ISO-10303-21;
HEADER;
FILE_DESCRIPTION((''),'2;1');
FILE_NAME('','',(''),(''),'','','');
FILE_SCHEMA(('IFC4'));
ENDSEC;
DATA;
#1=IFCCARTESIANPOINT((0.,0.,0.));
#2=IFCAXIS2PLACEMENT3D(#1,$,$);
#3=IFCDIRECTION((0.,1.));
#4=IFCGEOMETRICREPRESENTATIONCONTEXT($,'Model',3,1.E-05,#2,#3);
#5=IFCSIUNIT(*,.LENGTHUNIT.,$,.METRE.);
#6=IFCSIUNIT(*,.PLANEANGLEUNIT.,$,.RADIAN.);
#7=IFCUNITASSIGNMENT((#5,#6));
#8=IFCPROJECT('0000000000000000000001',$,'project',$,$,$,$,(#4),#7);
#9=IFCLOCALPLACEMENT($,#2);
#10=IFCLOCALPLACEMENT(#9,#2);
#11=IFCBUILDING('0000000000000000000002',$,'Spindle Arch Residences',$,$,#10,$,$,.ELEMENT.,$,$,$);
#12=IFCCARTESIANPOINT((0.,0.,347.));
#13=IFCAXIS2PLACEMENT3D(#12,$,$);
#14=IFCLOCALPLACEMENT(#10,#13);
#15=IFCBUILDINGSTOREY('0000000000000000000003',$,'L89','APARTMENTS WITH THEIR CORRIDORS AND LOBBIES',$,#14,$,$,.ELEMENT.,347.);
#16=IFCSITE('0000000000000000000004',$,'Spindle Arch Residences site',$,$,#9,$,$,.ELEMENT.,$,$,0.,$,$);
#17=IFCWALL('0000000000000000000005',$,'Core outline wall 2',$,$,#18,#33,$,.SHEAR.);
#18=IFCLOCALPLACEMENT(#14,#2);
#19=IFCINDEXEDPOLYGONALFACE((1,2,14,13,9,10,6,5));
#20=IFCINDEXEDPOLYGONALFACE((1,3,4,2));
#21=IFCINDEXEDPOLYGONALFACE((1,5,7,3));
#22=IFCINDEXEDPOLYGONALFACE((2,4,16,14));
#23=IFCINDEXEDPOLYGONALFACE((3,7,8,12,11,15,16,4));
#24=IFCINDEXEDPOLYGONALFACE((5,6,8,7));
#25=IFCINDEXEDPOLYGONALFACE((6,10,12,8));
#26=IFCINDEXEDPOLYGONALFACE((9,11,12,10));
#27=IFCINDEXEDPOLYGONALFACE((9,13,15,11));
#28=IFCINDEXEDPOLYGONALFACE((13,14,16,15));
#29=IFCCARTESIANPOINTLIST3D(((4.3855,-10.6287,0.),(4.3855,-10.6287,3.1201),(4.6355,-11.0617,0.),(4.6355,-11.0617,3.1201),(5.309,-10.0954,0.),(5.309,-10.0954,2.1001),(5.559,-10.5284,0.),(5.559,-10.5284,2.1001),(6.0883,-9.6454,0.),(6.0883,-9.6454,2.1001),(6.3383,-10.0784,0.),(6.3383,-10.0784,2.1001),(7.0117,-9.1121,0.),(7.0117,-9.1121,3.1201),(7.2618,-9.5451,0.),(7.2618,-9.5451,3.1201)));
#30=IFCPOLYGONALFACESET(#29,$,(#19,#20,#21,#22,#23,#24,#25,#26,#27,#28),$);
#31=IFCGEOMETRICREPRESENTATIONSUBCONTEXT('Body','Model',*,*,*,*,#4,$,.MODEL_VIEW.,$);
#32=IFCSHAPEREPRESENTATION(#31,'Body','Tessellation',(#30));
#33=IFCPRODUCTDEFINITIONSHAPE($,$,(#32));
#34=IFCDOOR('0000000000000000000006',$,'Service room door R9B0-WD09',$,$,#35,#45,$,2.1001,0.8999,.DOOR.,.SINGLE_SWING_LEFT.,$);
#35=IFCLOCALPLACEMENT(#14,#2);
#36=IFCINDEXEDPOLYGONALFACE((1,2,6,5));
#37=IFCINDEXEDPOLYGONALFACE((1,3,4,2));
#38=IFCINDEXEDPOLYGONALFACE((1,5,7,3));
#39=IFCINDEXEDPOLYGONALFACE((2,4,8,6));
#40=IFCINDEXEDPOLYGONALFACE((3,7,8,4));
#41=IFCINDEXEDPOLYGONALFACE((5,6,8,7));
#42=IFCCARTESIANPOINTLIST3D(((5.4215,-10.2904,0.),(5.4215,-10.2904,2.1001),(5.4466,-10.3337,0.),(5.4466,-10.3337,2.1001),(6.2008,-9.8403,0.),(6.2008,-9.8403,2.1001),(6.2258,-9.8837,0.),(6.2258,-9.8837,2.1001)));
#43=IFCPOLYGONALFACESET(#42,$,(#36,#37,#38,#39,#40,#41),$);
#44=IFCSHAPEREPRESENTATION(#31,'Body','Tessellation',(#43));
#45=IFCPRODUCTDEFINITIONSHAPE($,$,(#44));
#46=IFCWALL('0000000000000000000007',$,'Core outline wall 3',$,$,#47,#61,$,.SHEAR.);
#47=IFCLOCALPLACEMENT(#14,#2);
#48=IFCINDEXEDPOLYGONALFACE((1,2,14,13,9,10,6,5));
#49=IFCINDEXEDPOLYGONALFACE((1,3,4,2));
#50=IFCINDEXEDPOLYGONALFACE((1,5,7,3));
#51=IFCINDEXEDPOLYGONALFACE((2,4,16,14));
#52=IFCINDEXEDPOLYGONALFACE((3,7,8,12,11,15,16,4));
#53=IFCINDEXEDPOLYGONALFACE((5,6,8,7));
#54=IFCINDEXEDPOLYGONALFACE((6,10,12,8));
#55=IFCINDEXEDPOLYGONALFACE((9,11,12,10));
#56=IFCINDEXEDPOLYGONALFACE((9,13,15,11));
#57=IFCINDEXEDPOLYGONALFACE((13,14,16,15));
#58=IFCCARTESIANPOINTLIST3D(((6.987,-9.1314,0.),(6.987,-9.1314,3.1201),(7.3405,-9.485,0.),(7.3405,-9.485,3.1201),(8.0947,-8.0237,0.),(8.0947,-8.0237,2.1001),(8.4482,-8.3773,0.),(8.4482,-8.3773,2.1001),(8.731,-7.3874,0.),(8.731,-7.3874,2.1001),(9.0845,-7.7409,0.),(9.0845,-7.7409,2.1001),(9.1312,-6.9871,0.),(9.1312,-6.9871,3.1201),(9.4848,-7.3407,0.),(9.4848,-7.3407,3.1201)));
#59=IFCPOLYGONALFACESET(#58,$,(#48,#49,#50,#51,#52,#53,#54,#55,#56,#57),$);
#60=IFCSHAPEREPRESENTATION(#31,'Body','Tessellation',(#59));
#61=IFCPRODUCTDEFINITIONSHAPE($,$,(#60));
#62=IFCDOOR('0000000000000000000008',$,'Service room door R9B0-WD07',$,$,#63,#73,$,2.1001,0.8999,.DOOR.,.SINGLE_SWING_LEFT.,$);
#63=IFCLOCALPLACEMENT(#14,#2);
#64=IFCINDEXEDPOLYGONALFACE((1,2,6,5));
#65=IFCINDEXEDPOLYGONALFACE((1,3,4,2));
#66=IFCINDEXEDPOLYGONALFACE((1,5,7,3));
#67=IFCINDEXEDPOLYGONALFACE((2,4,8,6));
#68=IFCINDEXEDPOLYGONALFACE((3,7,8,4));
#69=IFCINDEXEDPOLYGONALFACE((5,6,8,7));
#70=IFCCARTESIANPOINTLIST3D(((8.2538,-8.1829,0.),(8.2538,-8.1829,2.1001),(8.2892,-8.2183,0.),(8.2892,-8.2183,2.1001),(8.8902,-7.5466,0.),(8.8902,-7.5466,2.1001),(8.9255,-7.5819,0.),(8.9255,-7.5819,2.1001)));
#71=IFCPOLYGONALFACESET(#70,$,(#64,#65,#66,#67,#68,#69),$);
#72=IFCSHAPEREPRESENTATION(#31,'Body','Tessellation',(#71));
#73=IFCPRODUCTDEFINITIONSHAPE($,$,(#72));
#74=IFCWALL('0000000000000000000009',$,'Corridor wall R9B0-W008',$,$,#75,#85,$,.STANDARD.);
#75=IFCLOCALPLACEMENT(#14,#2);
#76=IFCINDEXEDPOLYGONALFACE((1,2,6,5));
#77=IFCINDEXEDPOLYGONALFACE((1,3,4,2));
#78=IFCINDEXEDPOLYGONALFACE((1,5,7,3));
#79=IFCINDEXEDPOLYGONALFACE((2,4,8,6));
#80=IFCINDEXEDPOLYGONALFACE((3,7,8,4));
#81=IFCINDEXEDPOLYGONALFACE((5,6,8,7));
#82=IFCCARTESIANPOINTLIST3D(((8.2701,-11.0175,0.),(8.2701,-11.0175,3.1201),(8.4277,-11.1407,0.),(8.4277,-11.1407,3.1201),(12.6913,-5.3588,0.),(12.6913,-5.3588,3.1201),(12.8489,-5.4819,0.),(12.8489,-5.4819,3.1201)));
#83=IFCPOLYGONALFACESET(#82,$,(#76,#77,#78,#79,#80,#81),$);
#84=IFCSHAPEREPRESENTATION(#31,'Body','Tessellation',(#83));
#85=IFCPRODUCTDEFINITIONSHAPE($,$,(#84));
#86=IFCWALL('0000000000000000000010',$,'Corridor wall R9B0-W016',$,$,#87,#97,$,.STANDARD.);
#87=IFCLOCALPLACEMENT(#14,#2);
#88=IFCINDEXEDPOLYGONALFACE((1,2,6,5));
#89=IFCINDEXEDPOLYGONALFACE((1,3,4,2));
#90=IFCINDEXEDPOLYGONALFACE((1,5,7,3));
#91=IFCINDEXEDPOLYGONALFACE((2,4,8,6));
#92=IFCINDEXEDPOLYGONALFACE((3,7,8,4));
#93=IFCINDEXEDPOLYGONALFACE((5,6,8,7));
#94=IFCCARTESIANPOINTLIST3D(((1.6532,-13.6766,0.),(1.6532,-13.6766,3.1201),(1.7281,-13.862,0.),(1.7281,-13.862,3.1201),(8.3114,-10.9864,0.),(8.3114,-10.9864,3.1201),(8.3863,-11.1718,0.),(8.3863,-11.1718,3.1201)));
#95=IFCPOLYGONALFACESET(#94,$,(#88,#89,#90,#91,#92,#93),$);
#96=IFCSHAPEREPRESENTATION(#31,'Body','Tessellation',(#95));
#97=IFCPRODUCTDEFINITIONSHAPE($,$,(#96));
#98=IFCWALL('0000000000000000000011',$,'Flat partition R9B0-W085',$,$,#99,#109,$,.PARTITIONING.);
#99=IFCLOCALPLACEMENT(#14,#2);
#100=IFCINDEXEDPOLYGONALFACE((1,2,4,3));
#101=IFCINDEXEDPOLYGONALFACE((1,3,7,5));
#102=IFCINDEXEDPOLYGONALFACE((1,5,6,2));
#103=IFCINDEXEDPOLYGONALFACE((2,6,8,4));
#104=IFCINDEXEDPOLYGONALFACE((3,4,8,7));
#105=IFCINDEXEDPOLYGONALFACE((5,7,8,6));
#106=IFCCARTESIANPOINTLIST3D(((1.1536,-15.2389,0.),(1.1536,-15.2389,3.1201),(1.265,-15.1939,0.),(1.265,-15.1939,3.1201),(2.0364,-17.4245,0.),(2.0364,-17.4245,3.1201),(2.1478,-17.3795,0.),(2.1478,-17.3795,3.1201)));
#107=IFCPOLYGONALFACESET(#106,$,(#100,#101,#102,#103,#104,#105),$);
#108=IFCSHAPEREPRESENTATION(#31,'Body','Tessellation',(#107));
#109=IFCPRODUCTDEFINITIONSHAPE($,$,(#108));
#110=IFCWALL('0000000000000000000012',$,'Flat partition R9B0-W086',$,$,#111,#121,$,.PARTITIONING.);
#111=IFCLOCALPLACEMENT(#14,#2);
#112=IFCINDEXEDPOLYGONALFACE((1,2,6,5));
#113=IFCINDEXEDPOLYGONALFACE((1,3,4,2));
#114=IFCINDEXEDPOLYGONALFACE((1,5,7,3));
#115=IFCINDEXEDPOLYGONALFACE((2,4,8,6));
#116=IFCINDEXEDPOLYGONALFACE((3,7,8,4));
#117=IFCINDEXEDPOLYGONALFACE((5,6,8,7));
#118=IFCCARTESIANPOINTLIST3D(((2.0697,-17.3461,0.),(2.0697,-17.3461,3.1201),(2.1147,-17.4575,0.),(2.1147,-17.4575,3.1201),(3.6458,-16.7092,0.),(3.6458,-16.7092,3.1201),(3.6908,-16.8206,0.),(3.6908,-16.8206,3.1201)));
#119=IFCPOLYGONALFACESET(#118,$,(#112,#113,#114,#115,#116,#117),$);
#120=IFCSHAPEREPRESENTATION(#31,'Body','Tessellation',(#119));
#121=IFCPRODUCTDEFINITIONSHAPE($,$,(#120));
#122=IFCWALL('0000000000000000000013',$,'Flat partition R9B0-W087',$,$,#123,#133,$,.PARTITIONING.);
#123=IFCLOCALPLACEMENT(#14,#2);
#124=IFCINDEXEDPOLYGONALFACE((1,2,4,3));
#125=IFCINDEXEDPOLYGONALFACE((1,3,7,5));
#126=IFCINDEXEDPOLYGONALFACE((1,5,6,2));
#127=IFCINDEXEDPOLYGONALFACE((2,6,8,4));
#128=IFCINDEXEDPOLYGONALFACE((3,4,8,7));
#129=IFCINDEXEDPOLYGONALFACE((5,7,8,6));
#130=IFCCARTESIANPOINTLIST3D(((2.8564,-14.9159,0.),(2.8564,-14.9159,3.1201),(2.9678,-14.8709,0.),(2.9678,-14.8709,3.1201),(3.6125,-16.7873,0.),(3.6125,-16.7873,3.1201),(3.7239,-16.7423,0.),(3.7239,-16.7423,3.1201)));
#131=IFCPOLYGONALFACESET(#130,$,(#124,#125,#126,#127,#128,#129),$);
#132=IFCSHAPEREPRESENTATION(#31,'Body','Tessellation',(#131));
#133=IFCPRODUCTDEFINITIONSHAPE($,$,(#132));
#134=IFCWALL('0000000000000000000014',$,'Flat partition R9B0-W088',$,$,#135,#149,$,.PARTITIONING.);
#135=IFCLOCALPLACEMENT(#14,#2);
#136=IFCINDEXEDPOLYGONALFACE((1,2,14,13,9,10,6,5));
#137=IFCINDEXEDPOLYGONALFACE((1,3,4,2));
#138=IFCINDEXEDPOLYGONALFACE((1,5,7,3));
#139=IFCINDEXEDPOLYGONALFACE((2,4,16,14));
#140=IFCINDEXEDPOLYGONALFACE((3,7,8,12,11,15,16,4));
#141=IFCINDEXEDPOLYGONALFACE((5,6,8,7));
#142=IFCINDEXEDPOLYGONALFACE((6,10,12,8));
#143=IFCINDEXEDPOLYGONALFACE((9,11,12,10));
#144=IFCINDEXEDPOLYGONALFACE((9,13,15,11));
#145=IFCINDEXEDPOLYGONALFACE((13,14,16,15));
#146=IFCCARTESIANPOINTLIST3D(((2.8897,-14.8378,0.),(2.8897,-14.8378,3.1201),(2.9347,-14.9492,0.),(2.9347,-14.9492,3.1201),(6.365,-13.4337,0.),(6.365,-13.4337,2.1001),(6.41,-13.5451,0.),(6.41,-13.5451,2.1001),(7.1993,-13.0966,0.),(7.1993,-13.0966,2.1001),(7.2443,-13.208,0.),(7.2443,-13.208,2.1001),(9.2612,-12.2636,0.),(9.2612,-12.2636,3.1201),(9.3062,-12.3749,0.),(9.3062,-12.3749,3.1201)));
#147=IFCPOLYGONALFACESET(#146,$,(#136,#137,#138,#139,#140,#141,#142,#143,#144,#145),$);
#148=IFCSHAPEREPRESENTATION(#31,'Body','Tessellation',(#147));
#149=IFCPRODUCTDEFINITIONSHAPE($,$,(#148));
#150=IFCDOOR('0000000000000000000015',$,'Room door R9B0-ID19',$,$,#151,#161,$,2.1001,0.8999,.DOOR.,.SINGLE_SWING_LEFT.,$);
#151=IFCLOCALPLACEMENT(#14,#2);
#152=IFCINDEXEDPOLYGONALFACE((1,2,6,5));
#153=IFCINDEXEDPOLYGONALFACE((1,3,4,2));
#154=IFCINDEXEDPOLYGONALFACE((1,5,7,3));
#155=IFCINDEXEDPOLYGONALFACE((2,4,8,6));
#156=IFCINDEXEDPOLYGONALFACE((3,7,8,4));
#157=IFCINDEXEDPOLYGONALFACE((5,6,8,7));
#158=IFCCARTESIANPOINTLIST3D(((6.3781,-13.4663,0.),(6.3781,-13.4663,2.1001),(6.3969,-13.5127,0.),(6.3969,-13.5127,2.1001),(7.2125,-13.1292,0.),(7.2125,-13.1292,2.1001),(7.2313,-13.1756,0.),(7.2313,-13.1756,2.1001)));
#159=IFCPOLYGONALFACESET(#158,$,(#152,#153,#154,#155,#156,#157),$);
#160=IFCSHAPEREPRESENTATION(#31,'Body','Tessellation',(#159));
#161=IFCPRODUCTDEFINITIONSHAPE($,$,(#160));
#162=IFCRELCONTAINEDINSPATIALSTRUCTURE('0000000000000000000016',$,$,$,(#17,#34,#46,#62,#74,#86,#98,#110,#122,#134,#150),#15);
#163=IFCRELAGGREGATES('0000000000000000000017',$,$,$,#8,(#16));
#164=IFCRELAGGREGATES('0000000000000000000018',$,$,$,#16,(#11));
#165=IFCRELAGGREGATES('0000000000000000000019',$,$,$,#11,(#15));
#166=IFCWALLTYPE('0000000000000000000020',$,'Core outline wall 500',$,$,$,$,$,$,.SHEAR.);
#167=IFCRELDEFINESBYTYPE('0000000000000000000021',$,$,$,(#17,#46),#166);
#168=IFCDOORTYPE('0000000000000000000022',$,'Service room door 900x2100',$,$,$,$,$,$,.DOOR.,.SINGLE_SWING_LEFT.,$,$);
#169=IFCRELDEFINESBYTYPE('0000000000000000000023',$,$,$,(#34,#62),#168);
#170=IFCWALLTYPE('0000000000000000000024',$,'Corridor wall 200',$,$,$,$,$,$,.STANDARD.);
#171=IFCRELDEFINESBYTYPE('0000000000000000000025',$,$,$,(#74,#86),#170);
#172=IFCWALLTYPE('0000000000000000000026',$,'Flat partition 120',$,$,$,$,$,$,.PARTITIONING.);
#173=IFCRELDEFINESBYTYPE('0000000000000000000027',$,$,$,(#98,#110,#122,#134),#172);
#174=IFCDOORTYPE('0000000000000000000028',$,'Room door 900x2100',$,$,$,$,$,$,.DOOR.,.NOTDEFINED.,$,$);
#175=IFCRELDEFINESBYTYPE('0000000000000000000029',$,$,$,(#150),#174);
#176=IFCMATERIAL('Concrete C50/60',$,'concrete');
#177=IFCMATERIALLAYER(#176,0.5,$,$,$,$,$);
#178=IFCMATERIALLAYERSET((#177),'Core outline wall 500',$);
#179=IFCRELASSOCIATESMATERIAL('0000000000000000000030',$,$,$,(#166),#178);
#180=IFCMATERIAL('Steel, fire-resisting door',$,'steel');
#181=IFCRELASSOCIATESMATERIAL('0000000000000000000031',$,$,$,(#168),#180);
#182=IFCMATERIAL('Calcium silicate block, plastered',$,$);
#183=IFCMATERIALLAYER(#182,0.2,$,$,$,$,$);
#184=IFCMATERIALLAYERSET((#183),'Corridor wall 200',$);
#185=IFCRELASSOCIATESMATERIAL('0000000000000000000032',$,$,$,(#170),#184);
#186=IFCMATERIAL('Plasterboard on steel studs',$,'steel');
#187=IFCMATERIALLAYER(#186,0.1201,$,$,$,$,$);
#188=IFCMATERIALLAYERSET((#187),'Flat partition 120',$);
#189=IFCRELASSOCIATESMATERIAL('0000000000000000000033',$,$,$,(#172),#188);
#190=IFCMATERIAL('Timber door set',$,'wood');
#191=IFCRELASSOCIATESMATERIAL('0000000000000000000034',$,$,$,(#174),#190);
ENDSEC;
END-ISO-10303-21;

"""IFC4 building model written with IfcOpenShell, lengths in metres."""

from ifc_helpers import new_model, si_unit, direction, frame, frame_2d, origin, place, context, subcontext, project, spatial, rectangle, extrude, material, layer, layer_set, type_object, element, fill, save


model = new_model("IFC4")

# Units and contexts
model_context = context("Model", 3, precision=1e-05, world=origin(), true_north=direction((0.0, 1.0)))
body_context = subcontext(model_context, "Body", "Model", "MODEL_VIEW")
ifc_project = project(units=[si_unit("LENGTHUNIT", "METRE"), si_unit("PLANEANGLEUNIT", "RADIAN")], contexts=[model_context])

# Site, building, storey
site_placement = place(None, origin())
site = spatial("IfcSite", under=ifc_project, at=site_placement, Name="Spindle Arch Residences site", CompositionType="ELEMENT", RefElevation=0.0)
building_placement = place(site_placement, origin())
building = spatial("IfcBuilding", under=site, at=building_placement, Name="Spindle Arch Residences", CompositionType="ELEMENT")
storey_placement = place(building_placement, frame((0.0, 0.0, 347.0)))
storey = spatial("IfcBuildingStorey", under=building, at=storey_placement, Name="L89", Description="APARTMENTS WITH THEIR CORRIDORS AND LOBBIES", CompositionType="ELEMENT", Elevation=347.0)

# Walls, openings, doors
ifc_material_1 = material(Name="Concrete C50/60", Category="concrete")
ifc_layer_1 = layer(ifc_material_1, 0.5)
ifc_layer_set_1 = layer_set([ifc_layer_1], Name="Core outline wall 500")
wall_type_1 = type_object("IfcWallType", Name="Core outline wall 500", PredefinedType="SHEAR", material=ifc_layer_set_1)
ifc_material_2 = material(Name="Steel, fire-resisting door", Category="steel")
door_type_1 = type_object("IfcDoorType", Name="Service room door 900x2100", OperationType="SINGLE_SWING_LEFT", PredefinedType="DOOR", material=ifc_material_2)
wall_1_placement = place(storey_placement, frame((4.5105, -10.8452, 0.0), z_axis=(0.0, 0.0, 1.0), x_axis=(0.865975, 0.500087, 0.0)))
wall_1 = element("IfcWall", 1, at=wall_1_placement, inside=storey, type_object=wall_type_1, Name="Core outline wall 2", PredefinedType="SHEAR", context=body_context, shape_type="SweptSolid", body=[
    extrude(rectangle(XDim=3.0327, YDim=0.5, at=frame_2d((1.5164, 0.0))), origin(), (0.0, 0.0, 1.0), 3.1201),
])
opening_1_placement = place(wall_1_placement, frame((1.0664, 0.0, 0.0)))
opening_1 = element("IfcOpeningElement", 2, at=opening_1_placement, cuts=wall_1, PredefinedType="OPENING", context=body_context, shape_type="SweptSolid", body=[
    extrude(rectangle(XDim=0.8999, YDim=2.1001, at=frame_2d((0.45, 1.05))), frame((0.0, 0.26, 0.0), z_axis=(0.0, -1.0, 0.0), x_axis=(1.0, 0.0, 0.0)), (0.0, 0.0, 1.0), 0.52),
])
door_1_placement = place(opening_1_placement, origin())
door_1 = element("IfcDoor", 3, at=door_1_placement, inside=storey, type_object=door_type_1, Name="Service room door R9B0-WD09", OperationType="SINGLE_SWING_LEFT", OverallHeight=2.1001, OverallWidth=0.8999, PredefinedType="DOOR", context=body_context, shape_type="SweptSolid", body=[
    extrude(rectangle(XDim=0.8999, YDim=2.1001, at=frame_2d((0.45, 1.05))), frame((0.0, 0.0249, 0.0), z_axis=(0.0, -1.0, 0.0), x_axis=(1.0, 0.0, 0.0)), (0.0, 0.0, 1.0), 0.05),
])
fill(opening_1, door_1)
wall_2_placement = place(storey_placement, frame((7.1638, -9.3081, 0.0), z_axis=(0.0, 0.0, 1.0), x_axis=(0.707107, 0.707107, 0.0)))
wall_2 = element("IfcWall", 4, at=wall_2_placement, inside=storey, type_object=wall_type_1, Name="Core outline wall 3", PredefinedType="SHEAR", context=body_context, shape_type="SweptSolid", body=[
    extrude(rectangle(XDim=3.0325, YDim=0.5, at=frame_2d((1.5161, 0.0))), origin(), (0.0, 0.0, 1.0), 3.1201),
])
opening_2_placement = place(wall_2_placement, frame((1.5664, 0.0, 0.0)))
opening_2 = element("IfcOpeningElement", 5, at=opening_2_placement, cuts=wall_2, PredefinedType="OPENING", context=body_context, shape_type="SweptSolid", body=[
    extrude(rectangle(XDim=0.8999, YDim=2.1001, at=frame_2d((0.45, 1.05))), frame((0.0, 0.26, 0.0), z_axis=(0.0, -1.0, 0.0), x_axis=(1.0, 0.0, 0.0)), (0.0, 0.0, 1.0), 0.52),
])
door_2_placement = place(opening_2_placement, origin())
door_2 = element("IfcDoor", 6, at=door_2_placement, inside=storey, type_object=door_type_1, Name="Service room door R9B0-WD07", OperationType="SINGLE_SWING_LEFT", OverallHeight=2.1001, OverallWidth=0.8999, PredefinedType="DOOR", context=body_context, shape_type="SweptSolid", body=[
    extrude(rectangle(XDim=0.8999, YDim=2.1001, at=frame_2d((0.45, 1.05))), frame((0.0, 0.0249, 0.0), z_axis=(0.0, -1.0, 0.0), x_axis=(1.0, 0.0, 0.0)), (0.0, 0.0, 1.0), 0.05),
])
fill(opening_2, door_2)

# Walls
ifc_material_3 = material(Name="Calcium silicate block, plastered")
ifc_layer_2 = layer(ifc_material_3, 0.2)
ifc_layer_set_2 = layer_set([ifc_layer_2], Name="Corridor wall 200")
wall_type_2 = type_object("IfcWallType", Name="Corridor wall 200", PredefinedType="STANDARD", material=ifc_layer_set_2)
for number, where, z_axis, x_axis, name in (
    (7, (8.3489, -11.0791, 0.0), (0.0, 0.0, 1.0), (0.615669, 0.788005, 0.0), "Corridor wall R9B0-W008"),
    (8, (1.6907, -13.7693, 0.0), (0.0, 0.0, 1.0), (0.927179, 0.374618, 0.0), "Corridor wall R9B0-W016"),
):
    element("IfcWall", number, at=place(storey_placement, frame(where, z_axis=z_axis, x_axis=x_axis)), inside=storey, type_object=wall_type_2, Name=name, PredefinedType="STANDARD", context=body_context, shape_type="SweptSolid", body=[
        extrude(rectangle(XDim=7.1812, YDim=0.2, at=frame_2d((3.5906, 0.0))), origin(), (0.0, 0.0, 1.0), 3.1201),
    ])
ifc_material_4 = material(Name="Plasterboard on steel studs", Category="steel")
ifc_layer_3 = layer(ifc_material_4, 0.1201)
ifc_layer_set_3 = layer_set([ifc_layer_3], Name="Flat partition 120")
wall_type_3 = type_object("IfcWallType", Name="Flat partition 120", PredefinedType="PARTITIONING", material=ifc_layer_set_3)
wall_3_placement = place(storey_placement, frame((1.2092, -15.2163, 0.0), z_axis=(0.0, 0.0, 1.0), x_axis=(0.374532, -0.927214, 0.0)))
element("IfcWall", 9, at=wall_3_placement, inside=storey, type_object=wall_type_3, Name="Flat partition R9B0-W085", PredefinedType="PARTITIONING", context=body_context, shape_type="SweptSolid", body=[
    extrude(rectangle(XDim=2.3572, YDim=0.1201, at=frame_2d((1.1787, 0.0))), origin(), (0.0, 0.0, 1.0), 3.1201),
])
wall_4_placement = place(storey_placement, frame((2.092, -17.4019, 0.0), z_axis=(0.0, 0.0, 1.0), x_axis=(0.927154, 0.374681, 0.0)))
element("IfcWall", 10, at=wall_4_placement, inside=storey, type_object=wall_type_3, Name="Flat partition R9B0-W086", PredefinedType="PARTITIONING", context=body_context, shape_type="SweptSolid", body=[
    extrude(rectangle(XDim=1.7, YDim=0.1201, at=frame_2d((0.8501, 0.0))), origin(), (0.0, 0.0, 1.0), 3.1201),
])
wall_5_placement = place(storey_placement, frame((3.6682, -16.7649, 0.0), z_axis=(0.0, 0.0, 1.0), x_axis=(-0.374621, 0.927178, 0.0)))
element("IfcWall", 11, at=wall_5_placement, inside=storey, type_object=wall_type_3, Name="Flat partition R9B0-W087", PredefinedType="PARTITIONING", context=body_context, shape_type="SweptSolid", body=[
    extrude(rectangle(XDim=2.0183, YDim=0.1201, at=frame_2d((1.0093, 0.0))), origin(), (0.0, 0.0, 1.0), 3.1201),
])

# Wall, opening, door
wall_6_placement = place(storey_placement, frame((2.9121, -14.8936, 0.0), z_axis=(0.0, 0.0, 1.0), x_axis=(0.927182, 0.37461, 0.0)))
wall_6 = element("IfcWall", 12, at=wall_6_placement, inside=storey, type_object=wall_type_3, Name="Flat partition R9B0-W088", PredefinedType="PARTITIONING", context=body_context, shape_type="SweptSolid", body=[
    extrude(rectangle(XDim=6.8718, YDim=0.1201, at=frame_2d((3.436, 0.0))), origin(), (0.0, 0.0, 1.0), 3.1201),
])
opening_3_placement = place(wall_6_placement, frame((3.7483, 0.0, 0.0)))
opening_3 = element("IfcOpeningElement", 13, at=opening_3_placement, cuts=wall_6, PredefinedType="OPENING", context=body_context, shape_type="SweptSolid", body=[
    extrude(rectangle(XDim=0.8999, YDim=2.1001, at=frame_2d((0.45, 1.05))), frame((0.0, 0.0701, 0.0), z_axis=(0.0, -1.0, 0.0), x_axis=(1.0, 0.0, 0.0)), (0.0, 0.0, 1.0), 0.1401),
])
ifc_material_5 = material(Name="Timber door set", Category="wood")
door_type_2 = type_object("IfcDoorType", Name="Room door 900x2100", OperationType="NOTDEFINED", PredefinedType="DOOR", material=ifc_material_5)
door_3_placement = place(opening_3_placement, origin())
door_3 = element("IfcDoor", 14, at=door_3_placement, inside=storey, type_object=door_type_2, Name="Room door R9B0-ID19", OperationType="SINGLE_SWING_LEFT", OverallHeight=2.1001, OverallWidth=0.8999, PredefinedType="DOOR", context=body_context, shape_type="SweptSolid", body=[
    extrude(rectangle(XDim=0.8999, YDim=2.1001, at=frame_2d((0.45, 1.05))), frame((0.0, 0.0249, 0.0), z_axis=(0.0, -1.0, 0.0), x_axis=(1.0, 0.0, 0.0)), (0.0, 0.0, 1.0), 0.05),
])
fill(opening_3, door_3)

save(model, "model.ifc")
